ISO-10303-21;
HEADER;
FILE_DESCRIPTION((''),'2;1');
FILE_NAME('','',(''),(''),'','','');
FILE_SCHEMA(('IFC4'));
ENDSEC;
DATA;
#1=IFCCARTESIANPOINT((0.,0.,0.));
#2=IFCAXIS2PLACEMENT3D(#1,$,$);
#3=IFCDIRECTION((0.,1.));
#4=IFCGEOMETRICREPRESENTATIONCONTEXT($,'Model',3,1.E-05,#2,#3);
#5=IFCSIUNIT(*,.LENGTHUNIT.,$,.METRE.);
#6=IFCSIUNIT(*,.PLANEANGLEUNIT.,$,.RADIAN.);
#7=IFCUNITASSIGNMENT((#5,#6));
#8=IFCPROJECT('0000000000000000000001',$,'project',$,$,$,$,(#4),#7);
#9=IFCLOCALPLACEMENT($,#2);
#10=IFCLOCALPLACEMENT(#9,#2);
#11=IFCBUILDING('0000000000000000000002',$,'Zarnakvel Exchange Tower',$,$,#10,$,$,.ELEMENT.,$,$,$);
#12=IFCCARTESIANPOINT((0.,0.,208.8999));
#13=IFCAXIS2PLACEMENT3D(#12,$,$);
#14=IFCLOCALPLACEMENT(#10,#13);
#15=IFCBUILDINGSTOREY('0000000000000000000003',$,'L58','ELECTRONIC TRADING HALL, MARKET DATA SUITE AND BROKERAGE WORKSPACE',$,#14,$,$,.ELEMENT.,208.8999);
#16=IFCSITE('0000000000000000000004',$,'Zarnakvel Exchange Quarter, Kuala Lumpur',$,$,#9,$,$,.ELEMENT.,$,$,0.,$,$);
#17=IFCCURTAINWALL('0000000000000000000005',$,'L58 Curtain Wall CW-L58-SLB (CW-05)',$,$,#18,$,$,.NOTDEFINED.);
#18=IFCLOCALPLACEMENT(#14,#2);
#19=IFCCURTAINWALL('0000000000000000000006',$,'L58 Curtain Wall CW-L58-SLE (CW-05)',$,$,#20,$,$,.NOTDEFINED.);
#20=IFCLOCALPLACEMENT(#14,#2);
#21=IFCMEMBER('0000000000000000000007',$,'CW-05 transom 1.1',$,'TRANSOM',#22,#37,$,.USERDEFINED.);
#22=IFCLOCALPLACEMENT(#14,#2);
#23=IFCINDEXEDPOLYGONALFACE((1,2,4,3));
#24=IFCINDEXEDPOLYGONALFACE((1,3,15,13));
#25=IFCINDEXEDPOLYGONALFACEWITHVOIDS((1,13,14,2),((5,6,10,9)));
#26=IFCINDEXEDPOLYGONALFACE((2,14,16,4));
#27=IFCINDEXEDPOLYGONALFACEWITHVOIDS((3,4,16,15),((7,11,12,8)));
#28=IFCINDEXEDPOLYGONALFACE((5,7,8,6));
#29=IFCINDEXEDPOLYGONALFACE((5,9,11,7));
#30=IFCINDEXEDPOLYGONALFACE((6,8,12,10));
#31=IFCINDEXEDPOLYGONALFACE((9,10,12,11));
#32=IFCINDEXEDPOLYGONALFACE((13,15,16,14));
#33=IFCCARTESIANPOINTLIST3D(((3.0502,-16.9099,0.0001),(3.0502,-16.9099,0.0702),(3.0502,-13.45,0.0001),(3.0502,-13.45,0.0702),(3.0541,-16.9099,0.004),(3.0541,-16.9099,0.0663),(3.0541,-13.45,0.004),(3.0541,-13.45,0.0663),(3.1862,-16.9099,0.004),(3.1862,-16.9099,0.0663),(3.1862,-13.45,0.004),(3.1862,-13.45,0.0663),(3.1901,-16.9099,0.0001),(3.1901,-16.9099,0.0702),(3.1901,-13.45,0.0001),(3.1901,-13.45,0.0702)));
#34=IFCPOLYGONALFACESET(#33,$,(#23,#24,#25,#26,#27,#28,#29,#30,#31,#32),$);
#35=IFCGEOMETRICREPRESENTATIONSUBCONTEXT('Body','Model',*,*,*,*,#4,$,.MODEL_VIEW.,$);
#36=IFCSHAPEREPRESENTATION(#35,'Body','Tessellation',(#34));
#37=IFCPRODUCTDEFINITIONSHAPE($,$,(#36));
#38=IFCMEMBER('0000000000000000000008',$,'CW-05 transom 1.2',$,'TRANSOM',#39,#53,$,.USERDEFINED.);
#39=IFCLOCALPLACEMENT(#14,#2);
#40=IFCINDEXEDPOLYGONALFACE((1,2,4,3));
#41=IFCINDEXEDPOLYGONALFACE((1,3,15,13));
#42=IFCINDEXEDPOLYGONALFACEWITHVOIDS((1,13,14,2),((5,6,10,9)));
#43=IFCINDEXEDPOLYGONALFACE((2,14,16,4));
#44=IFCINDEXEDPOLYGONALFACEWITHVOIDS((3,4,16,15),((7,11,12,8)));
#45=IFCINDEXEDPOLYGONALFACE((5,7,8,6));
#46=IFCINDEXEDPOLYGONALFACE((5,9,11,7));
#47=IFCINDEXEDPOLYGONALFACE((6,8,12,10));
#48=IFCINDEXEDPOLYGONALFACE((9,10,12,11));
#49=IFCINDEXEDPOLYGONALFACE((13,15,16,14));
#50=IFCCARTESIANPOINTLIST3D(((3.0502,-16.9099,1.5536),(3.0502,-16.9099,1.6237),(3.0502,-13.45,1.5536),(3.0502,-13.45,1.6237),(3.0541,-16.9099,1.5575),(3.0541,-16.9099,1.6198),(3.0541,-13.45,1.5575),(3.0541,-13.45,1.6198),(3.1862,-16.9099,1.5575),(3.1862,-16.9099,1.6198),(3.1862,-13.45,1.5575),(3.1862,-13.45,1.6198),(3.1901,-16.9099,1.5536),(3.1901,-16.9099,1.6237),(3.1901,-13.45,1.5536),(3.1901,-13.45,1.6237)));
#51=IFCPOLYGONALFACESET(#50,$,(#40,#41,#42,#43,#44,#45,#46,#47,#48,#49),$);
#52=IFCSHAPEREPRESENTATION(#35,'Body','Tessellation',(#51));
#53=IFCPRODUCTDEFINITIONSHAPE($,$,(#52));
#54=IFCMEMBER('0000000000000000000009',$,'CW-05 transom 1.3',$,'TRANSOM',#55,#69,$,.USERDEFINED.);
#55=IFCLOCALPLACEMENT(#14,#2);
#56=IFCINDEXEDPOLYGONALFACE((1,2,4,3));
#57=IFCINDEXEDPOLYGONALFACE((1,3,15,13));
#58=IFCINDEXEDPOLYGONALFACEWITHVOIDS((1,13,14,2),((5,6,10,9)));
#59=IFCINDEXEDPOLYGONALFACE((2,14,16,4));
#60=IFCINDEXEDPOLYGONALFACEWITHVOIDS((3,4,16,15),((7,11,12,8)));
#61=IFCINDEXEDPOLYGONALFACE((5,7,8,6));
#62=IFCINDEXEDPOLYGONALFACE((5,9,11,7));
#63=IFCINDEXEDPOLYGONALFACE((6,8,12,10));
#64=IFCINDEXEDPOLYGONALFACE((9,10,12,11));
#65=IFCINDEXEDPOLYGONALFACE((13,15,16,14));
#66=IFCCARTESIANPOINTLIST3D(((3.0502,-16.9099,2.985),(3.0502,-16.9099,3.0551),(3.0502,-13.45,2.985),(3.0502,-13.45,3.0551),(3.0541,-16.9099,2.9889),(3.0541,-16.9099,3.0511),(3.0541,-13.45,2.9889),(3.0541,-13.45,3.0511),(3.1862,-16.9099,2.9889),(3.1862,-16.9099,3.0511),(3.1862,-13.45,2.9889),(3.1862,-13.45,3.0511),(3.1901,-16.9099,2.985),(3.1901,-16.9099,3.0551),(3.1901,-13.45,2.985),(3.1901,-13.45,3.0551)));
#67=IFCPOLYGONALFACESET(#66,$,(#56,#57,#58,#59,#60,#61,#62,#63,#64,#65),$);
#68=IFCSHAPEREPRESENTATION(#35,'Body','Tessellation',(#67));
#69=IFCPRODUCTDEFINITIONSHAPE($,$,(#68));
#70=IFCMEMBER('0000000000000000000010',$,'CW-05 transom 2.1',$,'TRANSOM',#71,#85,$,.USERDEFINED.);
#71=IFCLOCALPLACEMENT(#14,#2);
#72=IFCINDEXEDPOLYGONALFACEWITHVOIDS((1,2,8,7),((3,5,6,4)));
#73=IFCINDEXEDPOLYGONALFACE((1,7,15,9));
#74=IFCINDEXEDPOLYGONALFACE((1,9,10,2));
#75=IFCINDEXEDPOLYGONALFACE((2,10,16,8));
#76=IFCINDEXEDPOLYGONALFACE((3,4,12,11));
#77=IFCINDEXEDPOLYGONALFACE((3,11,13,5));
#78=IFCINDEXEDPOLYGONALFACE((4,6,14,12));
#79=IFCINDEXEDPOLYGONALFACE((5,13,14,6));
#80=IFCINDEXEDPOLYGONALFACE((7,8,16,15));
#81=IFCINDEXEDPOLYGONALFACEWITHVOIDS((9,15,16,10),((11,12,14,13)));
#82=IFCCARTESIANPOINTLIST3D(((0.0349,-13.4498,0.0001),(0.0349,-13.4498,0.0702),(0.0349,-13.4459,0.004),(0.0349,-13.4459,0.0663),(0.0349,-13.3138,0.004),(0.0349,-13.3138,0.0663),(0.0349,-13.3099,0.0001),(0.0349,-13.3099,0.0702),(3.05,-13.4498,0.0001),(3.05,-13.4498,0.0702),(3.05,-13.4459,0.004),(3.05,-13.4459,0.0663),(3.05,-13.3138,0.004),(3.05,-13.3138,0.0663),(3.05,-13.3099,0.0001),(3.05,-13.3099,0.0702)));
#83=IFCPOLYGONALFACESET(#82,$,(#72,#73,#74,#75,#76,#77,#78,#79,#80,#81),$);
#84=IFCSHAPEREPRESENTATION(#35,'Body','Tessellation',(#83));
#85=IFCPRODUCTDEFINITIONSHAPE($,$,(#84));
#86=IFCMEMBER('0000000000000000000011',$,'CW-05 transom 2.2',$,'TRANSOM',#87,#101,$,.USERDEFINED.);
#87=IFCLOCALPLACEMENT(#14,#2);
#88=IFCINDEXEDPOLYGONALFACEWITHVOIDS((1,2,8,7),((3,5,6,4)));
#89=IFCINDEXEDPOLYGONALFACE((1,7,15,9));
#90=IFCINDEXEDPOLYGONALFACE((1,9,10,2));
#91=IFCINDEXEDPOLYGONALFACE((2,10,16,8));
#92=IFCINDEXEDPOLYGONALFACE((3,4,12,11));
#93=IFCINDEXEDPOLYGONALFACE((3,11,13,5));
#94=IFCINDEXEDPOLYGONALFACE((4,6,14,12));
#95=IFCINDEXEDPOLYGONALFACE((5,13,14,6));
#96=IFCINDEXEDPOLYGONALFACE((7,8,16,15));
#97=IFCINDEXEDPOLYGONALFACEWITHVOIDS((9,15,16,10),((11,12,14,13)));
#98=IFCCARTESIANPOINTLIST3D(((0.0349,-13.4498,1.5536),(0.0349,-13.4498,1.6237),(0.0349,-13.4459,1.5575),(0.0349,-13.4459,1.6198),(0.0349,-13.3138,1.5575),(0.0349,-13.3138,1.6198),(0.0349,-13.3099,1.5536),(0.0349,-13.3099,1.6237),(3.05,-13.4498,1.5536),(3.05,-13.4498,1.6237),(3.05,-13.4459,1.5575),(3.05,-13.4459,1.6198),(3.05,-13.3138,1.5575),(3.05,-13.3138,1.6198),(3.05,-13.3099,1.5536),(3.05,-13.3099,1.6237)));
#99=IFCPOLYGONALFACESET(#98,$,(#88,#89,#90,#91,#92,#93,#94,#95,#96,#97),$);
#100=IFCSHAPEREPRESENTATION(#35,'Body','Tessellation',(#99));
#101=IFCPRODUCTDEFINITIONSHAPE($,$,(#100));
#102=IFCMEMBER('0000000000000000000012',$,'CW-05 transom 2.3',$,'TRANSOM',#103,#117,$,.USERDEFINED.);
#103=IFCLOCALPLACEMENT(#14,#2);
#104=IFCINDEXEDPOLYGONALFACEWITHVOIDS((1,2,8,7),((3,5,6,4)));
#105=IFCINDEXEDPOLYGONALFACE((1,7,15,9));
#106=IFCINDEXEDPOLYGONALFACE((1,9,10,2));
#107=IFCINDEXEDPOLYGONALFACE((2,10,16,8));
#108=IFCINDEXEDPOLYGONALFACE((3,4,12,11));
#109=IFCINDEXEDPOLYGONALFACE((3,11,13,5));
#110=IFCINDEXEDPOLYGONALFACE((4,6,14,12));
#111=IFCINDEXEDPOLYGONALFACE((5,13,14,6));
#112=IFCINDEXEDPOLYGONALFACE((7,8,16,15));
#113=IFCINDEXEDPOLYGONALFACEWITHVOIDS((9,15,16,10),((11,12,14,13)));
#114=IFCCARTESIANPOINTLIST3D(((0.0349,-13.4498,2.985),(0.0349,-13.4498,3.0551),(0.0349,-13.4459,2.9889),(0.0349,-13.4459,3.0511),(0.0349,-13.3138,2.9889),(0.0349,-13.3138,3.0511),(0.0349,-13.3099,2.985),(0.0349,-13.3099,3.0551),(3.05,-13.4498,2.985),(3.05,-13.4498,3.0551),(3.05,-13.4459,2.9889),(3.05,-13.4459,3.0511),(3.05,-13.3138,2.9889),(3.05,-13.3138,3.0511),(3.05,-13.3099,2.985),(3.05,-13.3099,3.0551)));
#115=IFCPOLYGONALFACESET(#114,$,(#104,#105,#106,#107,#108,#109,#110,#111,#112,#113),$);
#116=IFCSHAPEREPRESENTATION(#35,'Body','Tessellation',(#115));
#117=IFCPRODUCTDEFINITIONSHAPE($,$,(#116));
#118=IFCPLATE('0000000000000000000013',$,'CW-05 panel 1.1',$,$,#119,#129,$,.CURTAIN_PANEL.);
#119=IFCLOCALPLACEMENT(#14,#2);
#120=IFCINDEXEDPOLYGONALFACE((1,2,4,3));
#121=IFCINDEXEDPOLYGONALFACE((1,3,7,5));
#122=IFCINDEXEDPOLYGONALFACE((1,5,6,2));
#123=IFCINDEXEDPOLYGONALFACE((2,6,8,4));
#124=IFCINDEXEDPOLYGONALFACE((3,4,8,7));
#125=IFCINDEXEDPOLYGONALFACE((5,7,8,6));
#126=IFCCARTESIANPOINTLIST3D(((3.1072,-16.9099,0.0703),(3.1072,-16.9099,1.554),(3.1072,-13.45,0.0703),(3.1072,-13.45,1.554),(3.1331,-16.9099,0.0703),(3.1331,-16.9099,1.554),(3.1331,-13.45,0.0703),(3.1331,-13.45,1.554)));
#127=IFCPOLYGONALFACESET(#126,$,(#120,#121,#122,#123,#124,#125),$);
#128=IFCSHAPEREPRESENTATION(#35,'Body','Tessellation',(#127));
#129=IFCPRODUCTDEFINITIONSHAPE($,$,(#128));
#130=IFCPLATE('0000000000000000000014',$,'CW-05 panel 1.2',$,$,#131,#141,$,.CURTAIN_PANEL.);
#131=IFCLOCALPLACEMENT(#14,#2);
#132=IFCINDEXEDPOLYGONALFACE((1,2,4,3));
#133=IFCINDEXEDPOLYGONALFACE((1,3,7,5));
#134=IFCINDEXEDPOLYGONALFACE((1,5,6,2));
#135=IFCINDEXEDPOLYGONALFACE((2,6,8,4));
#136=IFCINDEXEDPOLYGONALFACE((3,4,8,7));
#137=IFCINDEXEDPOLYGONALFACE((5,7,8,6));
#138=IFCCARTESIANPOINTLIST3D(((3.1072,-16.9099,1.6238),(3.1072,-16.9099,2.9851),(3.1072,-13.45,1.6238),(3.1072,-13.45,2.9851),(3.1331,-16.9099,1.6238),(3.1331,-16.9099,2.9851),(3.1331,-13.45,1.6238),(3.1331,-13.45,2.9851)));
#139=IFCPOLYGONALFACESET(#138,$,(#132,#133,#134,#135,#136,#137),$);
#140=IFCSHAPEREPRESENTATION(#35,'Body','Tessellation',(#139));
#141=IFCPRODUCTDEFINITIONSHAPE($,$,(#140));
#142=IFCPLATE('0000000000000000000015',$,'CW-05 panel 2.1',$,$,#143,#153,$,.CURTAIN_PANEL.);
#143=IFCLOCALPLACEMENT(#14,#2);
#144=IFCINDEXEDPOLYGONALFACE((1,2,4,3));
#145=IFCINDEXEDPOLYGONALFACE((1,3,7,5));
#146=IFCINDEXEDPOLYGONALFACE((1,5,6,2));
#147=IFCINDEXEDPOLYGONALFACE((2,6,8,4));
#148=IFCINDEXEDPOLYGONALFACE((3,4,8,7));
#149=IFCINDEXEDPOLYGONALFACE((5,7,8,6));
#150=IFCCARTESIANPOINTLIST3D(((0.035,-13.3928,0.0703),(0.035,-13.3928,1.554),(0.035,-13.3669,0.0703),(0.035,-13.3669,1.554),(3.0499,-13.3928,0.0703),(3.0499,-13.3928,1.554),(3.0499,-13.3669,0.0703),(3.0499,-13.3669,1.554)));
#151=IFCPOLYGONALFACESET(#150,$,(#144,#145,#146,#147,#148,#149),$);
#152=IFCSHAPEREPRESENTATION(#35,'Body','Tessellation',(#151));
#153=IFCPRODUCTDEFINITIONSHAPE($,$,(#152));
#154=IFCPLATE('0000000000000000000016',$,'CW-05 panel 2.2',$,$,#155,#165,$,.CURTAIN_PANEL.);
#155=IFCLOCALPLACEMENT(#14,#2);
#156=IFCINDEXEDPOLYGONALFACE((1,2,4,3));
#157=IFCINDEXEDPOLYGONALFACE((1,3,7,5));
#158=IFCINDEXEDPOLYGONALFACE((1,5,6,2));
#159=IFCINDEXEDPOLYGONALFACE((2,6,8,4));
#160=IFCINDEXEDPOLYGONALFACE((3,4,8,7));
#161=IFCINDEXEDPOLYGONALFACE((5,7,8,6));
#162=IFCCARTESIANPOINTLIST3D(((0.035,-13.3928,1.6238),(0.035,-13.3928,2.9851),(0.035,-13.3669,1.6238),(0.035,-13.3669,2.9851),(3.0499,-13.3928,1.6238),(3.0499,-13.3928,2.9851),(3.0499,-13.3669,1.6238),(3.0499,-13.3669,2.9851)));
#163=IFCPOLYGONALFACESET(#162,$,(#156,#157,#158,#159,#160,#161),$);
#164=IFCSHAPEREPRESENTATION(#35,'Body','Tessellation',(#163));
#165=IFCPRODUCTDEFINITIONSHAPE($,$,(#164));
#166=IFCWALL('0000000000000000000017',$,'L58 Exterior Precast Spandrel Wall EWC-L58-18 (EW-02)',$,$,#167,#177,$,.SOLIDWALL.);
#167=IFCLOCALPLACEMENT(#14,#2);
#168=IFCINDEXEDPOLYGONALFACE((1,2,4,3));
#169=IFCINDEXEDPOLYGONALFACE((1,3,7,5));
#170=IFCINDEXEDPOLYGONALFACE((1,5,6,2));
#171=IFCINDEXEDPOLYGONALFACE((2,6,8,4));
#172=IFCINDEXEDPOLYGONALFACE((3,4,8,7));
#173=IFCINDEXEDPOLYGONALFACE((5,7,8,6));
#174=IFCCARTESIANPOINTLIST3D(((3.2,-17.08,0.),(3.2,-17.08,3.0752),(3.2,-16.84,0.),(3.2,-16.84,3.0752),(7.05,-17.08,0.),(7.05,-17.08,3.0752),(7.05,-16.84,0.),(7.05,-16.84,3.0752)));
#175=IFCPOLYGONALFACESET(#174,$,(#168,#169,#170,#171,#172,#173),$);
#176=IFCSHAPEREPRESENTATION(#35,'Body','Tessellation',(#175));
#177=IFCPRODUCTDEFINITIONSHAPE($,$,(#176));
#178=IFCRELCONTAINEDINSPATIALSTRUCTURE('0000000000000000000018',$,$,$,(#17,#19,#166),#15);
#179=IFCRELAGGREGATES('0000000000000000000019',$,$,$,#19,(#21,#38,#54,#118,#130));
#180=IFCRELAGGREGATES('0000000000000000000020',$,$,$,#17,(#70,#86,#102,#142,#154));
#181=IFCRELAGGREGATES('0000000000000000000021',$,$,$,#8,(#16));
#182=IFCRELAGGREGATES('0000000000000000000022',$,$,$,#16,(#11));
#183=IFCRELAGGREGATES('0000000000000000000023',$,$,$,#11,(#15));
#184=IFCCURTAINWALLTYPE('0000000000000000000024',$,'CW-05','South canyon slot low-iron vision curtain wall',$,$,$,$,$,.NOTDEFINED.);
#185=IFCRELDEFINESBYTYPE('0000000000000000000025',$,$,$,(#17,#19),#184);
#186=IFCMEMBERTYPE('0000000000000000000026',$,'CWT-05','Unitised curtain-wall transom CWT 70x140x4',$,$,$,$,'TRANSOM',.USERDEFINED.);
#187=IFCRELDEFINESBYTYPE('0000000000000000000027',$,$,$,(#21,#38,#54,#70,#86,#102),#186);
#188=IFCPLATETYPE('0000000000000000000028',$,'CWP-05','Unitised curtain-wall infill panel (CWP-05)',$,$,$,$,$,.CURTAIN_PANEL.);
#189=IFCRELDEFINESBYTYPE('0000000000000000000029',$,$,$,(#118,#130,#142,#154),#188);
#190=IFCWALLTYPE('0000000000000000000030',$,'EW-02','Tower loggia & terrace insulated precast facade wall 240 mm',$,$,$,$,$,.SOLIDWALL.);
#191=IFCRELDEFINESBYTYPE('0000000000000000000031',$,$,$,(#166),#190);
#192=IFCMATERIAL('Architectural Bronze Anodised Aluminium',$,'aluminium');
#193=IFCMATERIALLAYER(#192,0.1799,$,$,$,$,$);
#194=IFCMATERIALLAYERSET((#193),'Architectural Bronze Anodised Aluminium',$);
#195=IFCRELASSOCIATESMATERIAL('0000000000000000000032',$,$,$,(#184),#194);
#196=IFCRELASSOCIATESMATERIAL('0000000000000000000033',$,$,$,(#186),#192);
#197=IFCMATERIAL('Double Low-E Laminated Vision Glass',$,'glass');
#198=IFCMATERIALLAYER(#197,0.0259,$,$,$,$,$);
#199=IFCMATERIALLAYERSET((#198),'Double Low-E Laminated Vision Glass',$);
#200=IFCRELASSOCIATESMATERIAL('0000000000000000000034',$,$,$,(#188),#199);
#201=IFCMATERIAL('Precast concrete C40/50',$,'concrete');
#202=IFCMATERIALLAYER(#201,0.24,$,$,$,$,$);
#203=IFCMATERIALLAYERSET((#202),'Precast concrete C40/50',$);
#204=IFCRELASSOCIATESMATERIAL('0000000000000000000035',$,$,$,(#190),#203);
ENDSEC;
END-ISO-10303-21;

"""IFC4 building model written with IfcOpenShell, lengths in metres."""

from ifc_helpers import new_model, si_unit, direction, frame, frame_2d, origin, origin_2d, place, context, subcontext, project, spatial, rectangle, hollow_rectangle, extrude, source, transform, mapped, material, layer, layer_set, material_profile, profile_set, type_object, element, aggregate, save


model = new_model("IFC4")

# Units and contexts
model_context = context("Model", 3, precision=1e-05, world=origin(), true_north=direction((0.0, 1.0)))
body_context = subcontext(model_context, "Body", "Model", "MODEL_VIEW")
ifc_project = project(units=[si_unit("LENGTHUNIT", "METRE"), si_unit("PLANEANGLEUNIT", "RADIAN")], contexts=[model_context])

# Site, building, storey
site_placement = place(None, origin())
site = spatial("IfcSite", under=ifc_project, at=site_placement, Name="Zarnakvel Exchange Quarter, Kuala Lumpur", CompositionType="ELEMENT", RefElevation=0.0)
building_placement = place(site_placement, origin())
building = spatial("IfcBuilding", under=site, at=building_placement, Name="Zarnakvel Exchange Tower", CompositionType="ELEMENT")
storey_placement = place(building_placement, frame((0.0, 0.0, 208.8999)))
storey = spatial("IfcBuildingStorey", under=building, at=storey_placement, Name="L58", Description="ELECTRONIC TRADING HALL, MARKET DATA SUITE AND BROKERAGE WORKSPACE", CompositionType="ELEMENT", Elevation=208.8999)

# Curtain walls, members
ifc_material_1 = material(Name="Architectural Bronze Anodised Aluminium", Category="aluminium")
ifc_layer_1 = layer(ifc_material_1, 0.1799)
ifc_layer_set_1 = layer_set([ifc_layer_1], Name="Architectural Bronze Anodised Aluminium")
curtain_wall_type = type_object("IfcCurtainWallType", Name="CW-05", Description="South canyon slot low-iron vision curtain wall", PredefinedType="NOTDEFINED", material=ifc_layer_set_1)
curtain_wall_1_placement = place(storey_placement, origin())
curtain_wall_1 = element("IfcCurtainWall", 1, at=curtain_wall_1_placement, inside=storey, type_object=curtain_wall_type, Name="L58 Curtain Wall CW-L58-SLB (CW-05)", PredefinedType="NOTDEFINED")
curtain_wall_2_placement = place(storey_placement, origin())
curtain_wall_2 = element("IfcCurtainWall", 2, at=curtain_wall_2_placement, inside=storey, type_object=curtain_wall_type, Name="L58 Curtain Wall CW-L58-SLE (CW-05)", PredefinedType="NOTDEFINED")
ifc_material_profile_1 = material_profile(ifc_material_1, hollow_rectangle(XDim=0.1399, YDim=0.0701, WallThickness=0.0039, at=origin_2d()))
ifc_profile_set_1 = profile_set([ifc_material_profile_1], Name="Architectural Bronze Anodised Aluminium")
member_type_1 = type_object("IfcMemberType", Name="CWT-05", Description="Unitised curtain-wall transom CWT 70x140x4", ElementType="TRANSOM", PredefinedType="USERDEFINED", material=ifc_profile_set_1)
shared_shape_1 = source(origin(), body_context, "Body", "SweptSolid", [
    extrude(hollow_rectangle(XDim=0.1399, YDim=0.0701, WallThickness=0.0039, at=origin_2d()), origin(), (0.0, 0.0, 1.0), 3.46),
])
member_1_placement = place(storey_placement, frame((3.1201, -13.45, 0.0352), z_axis=(0.0, -1.0, 0.0), x_axis=(1.0, 0.0, 0.0)))
member_1 = element("IfcMember", 3, at=member_1_placement, type_object=member_type_1, Name="CW-05 transom 1.1", ObjectType="TRANSOM", PredefinedType="USERDEFINED", context=body_context, shape_type="MappedRepresentation", body=[
    mapped(shared_shape_1, transform((0.0, 0.0, 0.0), x_axis=(1.0, 0.0, 0.0), y_axis=(0.0, 1.0, 0.0), z_axis=(0.0, 0.0, 1.0), scale=1.0)),
])
member_2_placement = place(storey_placement, frame((3.1201, -13.45, 1.5886), z_axis=(0.0, -1.0, 0.0), x_axis=(1.0, 0.0, 0.0)))
member_2 = element("IfcMember", 4, at=member_2_placement, type_object=member_type_1, Name="CW-05 transom 1.2", ObjectType="TRANSOM", PredefinedType="USERDEFINED", context=body_context, shape_type="MappedRepresentation", body=[
    mapped(shared_shape_1, transform((0.0, 0.0, 0.0), x_axis=(1.0, 0.0, 0.0), y_axis=(0.0, 1.0, 0.0), z_axis=(0.0, 0.0, 1.0), scale=1.0)),
])
member_3_placement = place(storey_placement, frame((3.1201, -13.45, 3.02), z_axis=(0.0, -1.0, 0.0), x_axis=(1.0, 0.0, 0.0)))
member_3 = element("IfcMember", 5, at=member_3_placement, type_object=member_type_1, Name="CW-05 transom 1.3", ObjectType="TRANSOM", PredefinedType="USERDEFINED", context=body_context, shape_type="MappedRepresentation", body=[
    mapped(shared_shape_1, transform((0.0, 0.0, 0.0), x_axis=(1.0, 0.0, 0.0), y_axis=(0.0, 1.0, 0.0), z_axis=(0.0, 0.0, 1.0), scale=1.0)),
])

# Members
shared_shape_2 = source(origin(), body_context, "Body", "SweptSolid", [
    extrude(hollow_rectangle(XDim=0.1399, YDim=0.0701, WallThickness=0.0039, at=origin_2d()), origin(), (0.0, 0.0, 1.0), 3.0151),
])
member_4_placement = place(storey_placement, frame((0.0349, -13.3799, 0.0352), z_axis=(1.0, 0.0, 0.0), x_axis=(0.0, 1.0, 0.0)))
member_4 = element("IfcMember", 6, at=member_4_placement, type_object=member_type_1, Name="CW-05 transom 2.1", ObjectType="TRANSOM", PredefinedType="USERDEFINED", context=body_context, shape_type="MappedRepresentation", body=[
    mapped(shared_shape_2, transform((0.0, 0.0, 0.0), x_axis=(1.0, 0.0, 0.0), y_axis=(0.0, 1.0, 0.0), z_axis=(0.0, 0.0, 1.0), scale=1.0)),
])
member_5_placement = place(storey_placement, frame((0.0349, -13.3799, 1.5886), z_axis=(1.0, 0.0, 0.0), x_axis=(0.0, 1.0, 0.0)))
member_5 = element("IfcMember", 7, at=member_5_placement, type_object=member_type_1, Name="CW-05 transom 2.2", ObjectType="TRANSOM", PredefinedType="USERDEFINED", context=body_context, shape_type="MappedRepresentation", body=[
    mapped(shared_shape_2, transform((0.0, 0.0, 0.0), x_axis=(1.0, 0.0, 0.0), y_axis=(0.0, 1.0, 0.0), z_axis=(0.0, 0.0, 1.0), scale=1.0)),
])
member_6_placement = place(storey_placement, frame((0.0349, -13.3799, 3.02), z_axis=(1.0, 0.0, 0.0), x_axis=(0.0, 1.0, 0.0)))
member_6 = element("IfcMember", 8, at=member_6_placement, type_object=member_type_1, Name="CW-05 transom 2.3", ObjectType="TRANSOM", PredefinedType="USERDEFINED", context=body_context, shape_type="MappedRepresentation", body=[
    mapped(shared_shape_2, transform((0.0, 0.0, 0.0), x_axis=(1.0, 0.0, 0.0), y_axis=(0.0, 1.0, 0.0), z_axis=(0.0, 0.0, 1.0), scale=1.0)),
])

# Plates
ifc_material_2 = material(Name="Double Low-E Laminated Vision Glass", Category="glass")
ifc_layer_2 = layer(ifc_material_2, 0.0259)
ifc_layer_set_2 = layer_set([ifc_layer_2], Name="Double Low-E Laminated Vision Glass")
plate_type = type_object("IfcPlateType", Name="CWP-05", Description="Unitised curtain-wall infill panel (CWP-05)", PredefinedType="CURTAIN_PANEL", material=ifc_layer_set_2)
shared_shape_3 = source(origin(), body_context, "Body", "SweptSolid", [
    extrude(rectangle(XDim=3.46, YDim=0.0259, at=origin_2d()), origin(), (0.0, 0.0, 1.0), 1.4836),
])
plate_1_placement = place(storey_placement, frame((3.1201, -15.1799, 0.0703), z_axis=(0.0, 0.0, 1.0), x_axis=(0.0, -1.0, 0.0)))
plate_1 = element("IfcPlate", 9, at=plate_1_placement, type_object=plate_type, Name="CW-05 panel 1.1", PredefinedType="CURTAIN_PANEL", context=body_context, shape_type="MappedRepresentation", body=[
    mapped(shared_shape_3, transform((0.0, 0.0, 0.0), x_axis=(1.0, 0.0, 0.0), y_axis=(0.0, 1.0, 0.0), z_axis=(0.0, 0.0, 1.0), scale=1.0)),
])
shared_shape_4 = source(origin(), body_context, "Body", "SweptSolid", [
    extrude(rectangle(XDim=3.46, YDim=0.0259, at=origin_2d()), origin(), (0.0, 0.0, 1.0), 1.3613),
])
plate_2_placement = place(storey_placement, frame((3.1201, -15.1799, 1.6238), z_axis=(0.0, 0.0, 1.0), x_axis=(0.0, -1.0, 0.0)))
plate_2 = element("IfcPlate", 10, at=plate_2_placement, type_object=plate_type, Name="CW-05 panel 1.2", PredefinedType="CURTAIN_PANEL", context=body_context, shape_type="MappedRepresentation", body=[
    mapped(shared_shape_4, transform((0.0, 0.0, 0.0), x_axis=(1.0, 0.0, 0.0), y_axis=(0.0, 1.0, 0.0), z_axis=(0.0, 0.0, 1.0), scale=1.0)),
])
aggregate(curtain_wall_2, [member_1, member_2, member_3, plate_1, plate_2])
shared_shape_5 = source(origin(), body_context, "Body", "SweptSolid", [
    extrude(rectangle(XDim=3.0149, YDim=0.0259, at=origin_2d()), origin(), (0.0, 0.0, 1.0), 1.4836),
])
plate_3_placement = place(storey_placement, frame((1.5425, -13.3799, 0.0703), z_axis=(0.0, 0.0, 1.0), x_axis=(1.0, 0.0, 0.0)))
plate_3 = element("IfcPlate", 11, at=plate_3_placement, type_object=plate_type, Name="CW-05 panel 2.1", PredefinedType="CURTAIN_PANEL", context=body_context, shape_type="MappedRepresentation", body=[
    mapped(shared_shape_5, transform((0.0, 0.0, 0.0), x_axis=(1.0, 0.0, 0.0), y_axis=(0.0, 1.0, 0.0), z_axis=(0.0, 0.0, 1.0), scale=1.0)),
])
shared_shape_6 = source(origin(), body_context, "Body", "SweptSolid", [
    extrude(rectangle(XDim=3.0149, YDim=0.0259, at=origin_2d()), origin(), (0.0, 0.0, 1.0), 1.3613),
])
plate_4_placement = place(storey_placement, frame((1.5425, -13.3799, 1.6238), z_axis=(0.0, 0.0, 1.0), x_axis=(1.0, 0.0, 0.0)))
plate_4 = element("IfcPlate", 12, at=plate_4_placement, type_object=plate_type, Name="CW-05 panel 2.2", PredefinedType="CURTAIN_PANEL", context=body_context, shape_type="MappedRepresentation", body=[
    mapped(shared_shape_6, transform((0.0, 0.0, 0.0), x_axis=(1.0, 0.0, 0.0), y_axis=(0.0, 1.0, 0.0), z_axis=(0.0, 0.0, 1.0), scale=1.0)),
])
aggregate(curtain_wall_1, [member_4, member_5, member_6, plate_3, plate_4])

# Wall
ifc_material_3 = material(Name="Precast concrete C40/50", Category="concrete")
ifc_layer_3 = layer(ifc_material_3, 0.24)
ifc_layer_set_3 = layer_set([ifc_layer_3], Name="Precast concrete C40/50")
wall_type_1 = type_object("IfcWallType", Name="EW-02", Description="Tower loggia & terrace insulated precast facade wall 240 mm", PredefinedType="SOLIDWALL", material=ifc_layer_set_3)
wall_1_placement = place(storey_placement, frame((3.2, -16.96, 0.0), z_axis=(0.0, 0.0, 1.0), x_axis=(1.0, 0.0, 0.0)))
element("IfcWall", 13, at=wall_1_placement, inside=storey, type_object=wall_type_1, Name="L58 Exterior Precast Spandrel Wall EWC-L58-18 (EW-02)", PredefinedType="SOLIDWALL", context=body_context, shape_type="SweptSolid", body=[
    extrude(rectangle(XDim=3.8501, YDim=0.24, at=frame_2d((1.925, 0.0))), origin(), (0.0, 0.0, 1.0), 3.0752),
])

save(model, "model.ifc")
